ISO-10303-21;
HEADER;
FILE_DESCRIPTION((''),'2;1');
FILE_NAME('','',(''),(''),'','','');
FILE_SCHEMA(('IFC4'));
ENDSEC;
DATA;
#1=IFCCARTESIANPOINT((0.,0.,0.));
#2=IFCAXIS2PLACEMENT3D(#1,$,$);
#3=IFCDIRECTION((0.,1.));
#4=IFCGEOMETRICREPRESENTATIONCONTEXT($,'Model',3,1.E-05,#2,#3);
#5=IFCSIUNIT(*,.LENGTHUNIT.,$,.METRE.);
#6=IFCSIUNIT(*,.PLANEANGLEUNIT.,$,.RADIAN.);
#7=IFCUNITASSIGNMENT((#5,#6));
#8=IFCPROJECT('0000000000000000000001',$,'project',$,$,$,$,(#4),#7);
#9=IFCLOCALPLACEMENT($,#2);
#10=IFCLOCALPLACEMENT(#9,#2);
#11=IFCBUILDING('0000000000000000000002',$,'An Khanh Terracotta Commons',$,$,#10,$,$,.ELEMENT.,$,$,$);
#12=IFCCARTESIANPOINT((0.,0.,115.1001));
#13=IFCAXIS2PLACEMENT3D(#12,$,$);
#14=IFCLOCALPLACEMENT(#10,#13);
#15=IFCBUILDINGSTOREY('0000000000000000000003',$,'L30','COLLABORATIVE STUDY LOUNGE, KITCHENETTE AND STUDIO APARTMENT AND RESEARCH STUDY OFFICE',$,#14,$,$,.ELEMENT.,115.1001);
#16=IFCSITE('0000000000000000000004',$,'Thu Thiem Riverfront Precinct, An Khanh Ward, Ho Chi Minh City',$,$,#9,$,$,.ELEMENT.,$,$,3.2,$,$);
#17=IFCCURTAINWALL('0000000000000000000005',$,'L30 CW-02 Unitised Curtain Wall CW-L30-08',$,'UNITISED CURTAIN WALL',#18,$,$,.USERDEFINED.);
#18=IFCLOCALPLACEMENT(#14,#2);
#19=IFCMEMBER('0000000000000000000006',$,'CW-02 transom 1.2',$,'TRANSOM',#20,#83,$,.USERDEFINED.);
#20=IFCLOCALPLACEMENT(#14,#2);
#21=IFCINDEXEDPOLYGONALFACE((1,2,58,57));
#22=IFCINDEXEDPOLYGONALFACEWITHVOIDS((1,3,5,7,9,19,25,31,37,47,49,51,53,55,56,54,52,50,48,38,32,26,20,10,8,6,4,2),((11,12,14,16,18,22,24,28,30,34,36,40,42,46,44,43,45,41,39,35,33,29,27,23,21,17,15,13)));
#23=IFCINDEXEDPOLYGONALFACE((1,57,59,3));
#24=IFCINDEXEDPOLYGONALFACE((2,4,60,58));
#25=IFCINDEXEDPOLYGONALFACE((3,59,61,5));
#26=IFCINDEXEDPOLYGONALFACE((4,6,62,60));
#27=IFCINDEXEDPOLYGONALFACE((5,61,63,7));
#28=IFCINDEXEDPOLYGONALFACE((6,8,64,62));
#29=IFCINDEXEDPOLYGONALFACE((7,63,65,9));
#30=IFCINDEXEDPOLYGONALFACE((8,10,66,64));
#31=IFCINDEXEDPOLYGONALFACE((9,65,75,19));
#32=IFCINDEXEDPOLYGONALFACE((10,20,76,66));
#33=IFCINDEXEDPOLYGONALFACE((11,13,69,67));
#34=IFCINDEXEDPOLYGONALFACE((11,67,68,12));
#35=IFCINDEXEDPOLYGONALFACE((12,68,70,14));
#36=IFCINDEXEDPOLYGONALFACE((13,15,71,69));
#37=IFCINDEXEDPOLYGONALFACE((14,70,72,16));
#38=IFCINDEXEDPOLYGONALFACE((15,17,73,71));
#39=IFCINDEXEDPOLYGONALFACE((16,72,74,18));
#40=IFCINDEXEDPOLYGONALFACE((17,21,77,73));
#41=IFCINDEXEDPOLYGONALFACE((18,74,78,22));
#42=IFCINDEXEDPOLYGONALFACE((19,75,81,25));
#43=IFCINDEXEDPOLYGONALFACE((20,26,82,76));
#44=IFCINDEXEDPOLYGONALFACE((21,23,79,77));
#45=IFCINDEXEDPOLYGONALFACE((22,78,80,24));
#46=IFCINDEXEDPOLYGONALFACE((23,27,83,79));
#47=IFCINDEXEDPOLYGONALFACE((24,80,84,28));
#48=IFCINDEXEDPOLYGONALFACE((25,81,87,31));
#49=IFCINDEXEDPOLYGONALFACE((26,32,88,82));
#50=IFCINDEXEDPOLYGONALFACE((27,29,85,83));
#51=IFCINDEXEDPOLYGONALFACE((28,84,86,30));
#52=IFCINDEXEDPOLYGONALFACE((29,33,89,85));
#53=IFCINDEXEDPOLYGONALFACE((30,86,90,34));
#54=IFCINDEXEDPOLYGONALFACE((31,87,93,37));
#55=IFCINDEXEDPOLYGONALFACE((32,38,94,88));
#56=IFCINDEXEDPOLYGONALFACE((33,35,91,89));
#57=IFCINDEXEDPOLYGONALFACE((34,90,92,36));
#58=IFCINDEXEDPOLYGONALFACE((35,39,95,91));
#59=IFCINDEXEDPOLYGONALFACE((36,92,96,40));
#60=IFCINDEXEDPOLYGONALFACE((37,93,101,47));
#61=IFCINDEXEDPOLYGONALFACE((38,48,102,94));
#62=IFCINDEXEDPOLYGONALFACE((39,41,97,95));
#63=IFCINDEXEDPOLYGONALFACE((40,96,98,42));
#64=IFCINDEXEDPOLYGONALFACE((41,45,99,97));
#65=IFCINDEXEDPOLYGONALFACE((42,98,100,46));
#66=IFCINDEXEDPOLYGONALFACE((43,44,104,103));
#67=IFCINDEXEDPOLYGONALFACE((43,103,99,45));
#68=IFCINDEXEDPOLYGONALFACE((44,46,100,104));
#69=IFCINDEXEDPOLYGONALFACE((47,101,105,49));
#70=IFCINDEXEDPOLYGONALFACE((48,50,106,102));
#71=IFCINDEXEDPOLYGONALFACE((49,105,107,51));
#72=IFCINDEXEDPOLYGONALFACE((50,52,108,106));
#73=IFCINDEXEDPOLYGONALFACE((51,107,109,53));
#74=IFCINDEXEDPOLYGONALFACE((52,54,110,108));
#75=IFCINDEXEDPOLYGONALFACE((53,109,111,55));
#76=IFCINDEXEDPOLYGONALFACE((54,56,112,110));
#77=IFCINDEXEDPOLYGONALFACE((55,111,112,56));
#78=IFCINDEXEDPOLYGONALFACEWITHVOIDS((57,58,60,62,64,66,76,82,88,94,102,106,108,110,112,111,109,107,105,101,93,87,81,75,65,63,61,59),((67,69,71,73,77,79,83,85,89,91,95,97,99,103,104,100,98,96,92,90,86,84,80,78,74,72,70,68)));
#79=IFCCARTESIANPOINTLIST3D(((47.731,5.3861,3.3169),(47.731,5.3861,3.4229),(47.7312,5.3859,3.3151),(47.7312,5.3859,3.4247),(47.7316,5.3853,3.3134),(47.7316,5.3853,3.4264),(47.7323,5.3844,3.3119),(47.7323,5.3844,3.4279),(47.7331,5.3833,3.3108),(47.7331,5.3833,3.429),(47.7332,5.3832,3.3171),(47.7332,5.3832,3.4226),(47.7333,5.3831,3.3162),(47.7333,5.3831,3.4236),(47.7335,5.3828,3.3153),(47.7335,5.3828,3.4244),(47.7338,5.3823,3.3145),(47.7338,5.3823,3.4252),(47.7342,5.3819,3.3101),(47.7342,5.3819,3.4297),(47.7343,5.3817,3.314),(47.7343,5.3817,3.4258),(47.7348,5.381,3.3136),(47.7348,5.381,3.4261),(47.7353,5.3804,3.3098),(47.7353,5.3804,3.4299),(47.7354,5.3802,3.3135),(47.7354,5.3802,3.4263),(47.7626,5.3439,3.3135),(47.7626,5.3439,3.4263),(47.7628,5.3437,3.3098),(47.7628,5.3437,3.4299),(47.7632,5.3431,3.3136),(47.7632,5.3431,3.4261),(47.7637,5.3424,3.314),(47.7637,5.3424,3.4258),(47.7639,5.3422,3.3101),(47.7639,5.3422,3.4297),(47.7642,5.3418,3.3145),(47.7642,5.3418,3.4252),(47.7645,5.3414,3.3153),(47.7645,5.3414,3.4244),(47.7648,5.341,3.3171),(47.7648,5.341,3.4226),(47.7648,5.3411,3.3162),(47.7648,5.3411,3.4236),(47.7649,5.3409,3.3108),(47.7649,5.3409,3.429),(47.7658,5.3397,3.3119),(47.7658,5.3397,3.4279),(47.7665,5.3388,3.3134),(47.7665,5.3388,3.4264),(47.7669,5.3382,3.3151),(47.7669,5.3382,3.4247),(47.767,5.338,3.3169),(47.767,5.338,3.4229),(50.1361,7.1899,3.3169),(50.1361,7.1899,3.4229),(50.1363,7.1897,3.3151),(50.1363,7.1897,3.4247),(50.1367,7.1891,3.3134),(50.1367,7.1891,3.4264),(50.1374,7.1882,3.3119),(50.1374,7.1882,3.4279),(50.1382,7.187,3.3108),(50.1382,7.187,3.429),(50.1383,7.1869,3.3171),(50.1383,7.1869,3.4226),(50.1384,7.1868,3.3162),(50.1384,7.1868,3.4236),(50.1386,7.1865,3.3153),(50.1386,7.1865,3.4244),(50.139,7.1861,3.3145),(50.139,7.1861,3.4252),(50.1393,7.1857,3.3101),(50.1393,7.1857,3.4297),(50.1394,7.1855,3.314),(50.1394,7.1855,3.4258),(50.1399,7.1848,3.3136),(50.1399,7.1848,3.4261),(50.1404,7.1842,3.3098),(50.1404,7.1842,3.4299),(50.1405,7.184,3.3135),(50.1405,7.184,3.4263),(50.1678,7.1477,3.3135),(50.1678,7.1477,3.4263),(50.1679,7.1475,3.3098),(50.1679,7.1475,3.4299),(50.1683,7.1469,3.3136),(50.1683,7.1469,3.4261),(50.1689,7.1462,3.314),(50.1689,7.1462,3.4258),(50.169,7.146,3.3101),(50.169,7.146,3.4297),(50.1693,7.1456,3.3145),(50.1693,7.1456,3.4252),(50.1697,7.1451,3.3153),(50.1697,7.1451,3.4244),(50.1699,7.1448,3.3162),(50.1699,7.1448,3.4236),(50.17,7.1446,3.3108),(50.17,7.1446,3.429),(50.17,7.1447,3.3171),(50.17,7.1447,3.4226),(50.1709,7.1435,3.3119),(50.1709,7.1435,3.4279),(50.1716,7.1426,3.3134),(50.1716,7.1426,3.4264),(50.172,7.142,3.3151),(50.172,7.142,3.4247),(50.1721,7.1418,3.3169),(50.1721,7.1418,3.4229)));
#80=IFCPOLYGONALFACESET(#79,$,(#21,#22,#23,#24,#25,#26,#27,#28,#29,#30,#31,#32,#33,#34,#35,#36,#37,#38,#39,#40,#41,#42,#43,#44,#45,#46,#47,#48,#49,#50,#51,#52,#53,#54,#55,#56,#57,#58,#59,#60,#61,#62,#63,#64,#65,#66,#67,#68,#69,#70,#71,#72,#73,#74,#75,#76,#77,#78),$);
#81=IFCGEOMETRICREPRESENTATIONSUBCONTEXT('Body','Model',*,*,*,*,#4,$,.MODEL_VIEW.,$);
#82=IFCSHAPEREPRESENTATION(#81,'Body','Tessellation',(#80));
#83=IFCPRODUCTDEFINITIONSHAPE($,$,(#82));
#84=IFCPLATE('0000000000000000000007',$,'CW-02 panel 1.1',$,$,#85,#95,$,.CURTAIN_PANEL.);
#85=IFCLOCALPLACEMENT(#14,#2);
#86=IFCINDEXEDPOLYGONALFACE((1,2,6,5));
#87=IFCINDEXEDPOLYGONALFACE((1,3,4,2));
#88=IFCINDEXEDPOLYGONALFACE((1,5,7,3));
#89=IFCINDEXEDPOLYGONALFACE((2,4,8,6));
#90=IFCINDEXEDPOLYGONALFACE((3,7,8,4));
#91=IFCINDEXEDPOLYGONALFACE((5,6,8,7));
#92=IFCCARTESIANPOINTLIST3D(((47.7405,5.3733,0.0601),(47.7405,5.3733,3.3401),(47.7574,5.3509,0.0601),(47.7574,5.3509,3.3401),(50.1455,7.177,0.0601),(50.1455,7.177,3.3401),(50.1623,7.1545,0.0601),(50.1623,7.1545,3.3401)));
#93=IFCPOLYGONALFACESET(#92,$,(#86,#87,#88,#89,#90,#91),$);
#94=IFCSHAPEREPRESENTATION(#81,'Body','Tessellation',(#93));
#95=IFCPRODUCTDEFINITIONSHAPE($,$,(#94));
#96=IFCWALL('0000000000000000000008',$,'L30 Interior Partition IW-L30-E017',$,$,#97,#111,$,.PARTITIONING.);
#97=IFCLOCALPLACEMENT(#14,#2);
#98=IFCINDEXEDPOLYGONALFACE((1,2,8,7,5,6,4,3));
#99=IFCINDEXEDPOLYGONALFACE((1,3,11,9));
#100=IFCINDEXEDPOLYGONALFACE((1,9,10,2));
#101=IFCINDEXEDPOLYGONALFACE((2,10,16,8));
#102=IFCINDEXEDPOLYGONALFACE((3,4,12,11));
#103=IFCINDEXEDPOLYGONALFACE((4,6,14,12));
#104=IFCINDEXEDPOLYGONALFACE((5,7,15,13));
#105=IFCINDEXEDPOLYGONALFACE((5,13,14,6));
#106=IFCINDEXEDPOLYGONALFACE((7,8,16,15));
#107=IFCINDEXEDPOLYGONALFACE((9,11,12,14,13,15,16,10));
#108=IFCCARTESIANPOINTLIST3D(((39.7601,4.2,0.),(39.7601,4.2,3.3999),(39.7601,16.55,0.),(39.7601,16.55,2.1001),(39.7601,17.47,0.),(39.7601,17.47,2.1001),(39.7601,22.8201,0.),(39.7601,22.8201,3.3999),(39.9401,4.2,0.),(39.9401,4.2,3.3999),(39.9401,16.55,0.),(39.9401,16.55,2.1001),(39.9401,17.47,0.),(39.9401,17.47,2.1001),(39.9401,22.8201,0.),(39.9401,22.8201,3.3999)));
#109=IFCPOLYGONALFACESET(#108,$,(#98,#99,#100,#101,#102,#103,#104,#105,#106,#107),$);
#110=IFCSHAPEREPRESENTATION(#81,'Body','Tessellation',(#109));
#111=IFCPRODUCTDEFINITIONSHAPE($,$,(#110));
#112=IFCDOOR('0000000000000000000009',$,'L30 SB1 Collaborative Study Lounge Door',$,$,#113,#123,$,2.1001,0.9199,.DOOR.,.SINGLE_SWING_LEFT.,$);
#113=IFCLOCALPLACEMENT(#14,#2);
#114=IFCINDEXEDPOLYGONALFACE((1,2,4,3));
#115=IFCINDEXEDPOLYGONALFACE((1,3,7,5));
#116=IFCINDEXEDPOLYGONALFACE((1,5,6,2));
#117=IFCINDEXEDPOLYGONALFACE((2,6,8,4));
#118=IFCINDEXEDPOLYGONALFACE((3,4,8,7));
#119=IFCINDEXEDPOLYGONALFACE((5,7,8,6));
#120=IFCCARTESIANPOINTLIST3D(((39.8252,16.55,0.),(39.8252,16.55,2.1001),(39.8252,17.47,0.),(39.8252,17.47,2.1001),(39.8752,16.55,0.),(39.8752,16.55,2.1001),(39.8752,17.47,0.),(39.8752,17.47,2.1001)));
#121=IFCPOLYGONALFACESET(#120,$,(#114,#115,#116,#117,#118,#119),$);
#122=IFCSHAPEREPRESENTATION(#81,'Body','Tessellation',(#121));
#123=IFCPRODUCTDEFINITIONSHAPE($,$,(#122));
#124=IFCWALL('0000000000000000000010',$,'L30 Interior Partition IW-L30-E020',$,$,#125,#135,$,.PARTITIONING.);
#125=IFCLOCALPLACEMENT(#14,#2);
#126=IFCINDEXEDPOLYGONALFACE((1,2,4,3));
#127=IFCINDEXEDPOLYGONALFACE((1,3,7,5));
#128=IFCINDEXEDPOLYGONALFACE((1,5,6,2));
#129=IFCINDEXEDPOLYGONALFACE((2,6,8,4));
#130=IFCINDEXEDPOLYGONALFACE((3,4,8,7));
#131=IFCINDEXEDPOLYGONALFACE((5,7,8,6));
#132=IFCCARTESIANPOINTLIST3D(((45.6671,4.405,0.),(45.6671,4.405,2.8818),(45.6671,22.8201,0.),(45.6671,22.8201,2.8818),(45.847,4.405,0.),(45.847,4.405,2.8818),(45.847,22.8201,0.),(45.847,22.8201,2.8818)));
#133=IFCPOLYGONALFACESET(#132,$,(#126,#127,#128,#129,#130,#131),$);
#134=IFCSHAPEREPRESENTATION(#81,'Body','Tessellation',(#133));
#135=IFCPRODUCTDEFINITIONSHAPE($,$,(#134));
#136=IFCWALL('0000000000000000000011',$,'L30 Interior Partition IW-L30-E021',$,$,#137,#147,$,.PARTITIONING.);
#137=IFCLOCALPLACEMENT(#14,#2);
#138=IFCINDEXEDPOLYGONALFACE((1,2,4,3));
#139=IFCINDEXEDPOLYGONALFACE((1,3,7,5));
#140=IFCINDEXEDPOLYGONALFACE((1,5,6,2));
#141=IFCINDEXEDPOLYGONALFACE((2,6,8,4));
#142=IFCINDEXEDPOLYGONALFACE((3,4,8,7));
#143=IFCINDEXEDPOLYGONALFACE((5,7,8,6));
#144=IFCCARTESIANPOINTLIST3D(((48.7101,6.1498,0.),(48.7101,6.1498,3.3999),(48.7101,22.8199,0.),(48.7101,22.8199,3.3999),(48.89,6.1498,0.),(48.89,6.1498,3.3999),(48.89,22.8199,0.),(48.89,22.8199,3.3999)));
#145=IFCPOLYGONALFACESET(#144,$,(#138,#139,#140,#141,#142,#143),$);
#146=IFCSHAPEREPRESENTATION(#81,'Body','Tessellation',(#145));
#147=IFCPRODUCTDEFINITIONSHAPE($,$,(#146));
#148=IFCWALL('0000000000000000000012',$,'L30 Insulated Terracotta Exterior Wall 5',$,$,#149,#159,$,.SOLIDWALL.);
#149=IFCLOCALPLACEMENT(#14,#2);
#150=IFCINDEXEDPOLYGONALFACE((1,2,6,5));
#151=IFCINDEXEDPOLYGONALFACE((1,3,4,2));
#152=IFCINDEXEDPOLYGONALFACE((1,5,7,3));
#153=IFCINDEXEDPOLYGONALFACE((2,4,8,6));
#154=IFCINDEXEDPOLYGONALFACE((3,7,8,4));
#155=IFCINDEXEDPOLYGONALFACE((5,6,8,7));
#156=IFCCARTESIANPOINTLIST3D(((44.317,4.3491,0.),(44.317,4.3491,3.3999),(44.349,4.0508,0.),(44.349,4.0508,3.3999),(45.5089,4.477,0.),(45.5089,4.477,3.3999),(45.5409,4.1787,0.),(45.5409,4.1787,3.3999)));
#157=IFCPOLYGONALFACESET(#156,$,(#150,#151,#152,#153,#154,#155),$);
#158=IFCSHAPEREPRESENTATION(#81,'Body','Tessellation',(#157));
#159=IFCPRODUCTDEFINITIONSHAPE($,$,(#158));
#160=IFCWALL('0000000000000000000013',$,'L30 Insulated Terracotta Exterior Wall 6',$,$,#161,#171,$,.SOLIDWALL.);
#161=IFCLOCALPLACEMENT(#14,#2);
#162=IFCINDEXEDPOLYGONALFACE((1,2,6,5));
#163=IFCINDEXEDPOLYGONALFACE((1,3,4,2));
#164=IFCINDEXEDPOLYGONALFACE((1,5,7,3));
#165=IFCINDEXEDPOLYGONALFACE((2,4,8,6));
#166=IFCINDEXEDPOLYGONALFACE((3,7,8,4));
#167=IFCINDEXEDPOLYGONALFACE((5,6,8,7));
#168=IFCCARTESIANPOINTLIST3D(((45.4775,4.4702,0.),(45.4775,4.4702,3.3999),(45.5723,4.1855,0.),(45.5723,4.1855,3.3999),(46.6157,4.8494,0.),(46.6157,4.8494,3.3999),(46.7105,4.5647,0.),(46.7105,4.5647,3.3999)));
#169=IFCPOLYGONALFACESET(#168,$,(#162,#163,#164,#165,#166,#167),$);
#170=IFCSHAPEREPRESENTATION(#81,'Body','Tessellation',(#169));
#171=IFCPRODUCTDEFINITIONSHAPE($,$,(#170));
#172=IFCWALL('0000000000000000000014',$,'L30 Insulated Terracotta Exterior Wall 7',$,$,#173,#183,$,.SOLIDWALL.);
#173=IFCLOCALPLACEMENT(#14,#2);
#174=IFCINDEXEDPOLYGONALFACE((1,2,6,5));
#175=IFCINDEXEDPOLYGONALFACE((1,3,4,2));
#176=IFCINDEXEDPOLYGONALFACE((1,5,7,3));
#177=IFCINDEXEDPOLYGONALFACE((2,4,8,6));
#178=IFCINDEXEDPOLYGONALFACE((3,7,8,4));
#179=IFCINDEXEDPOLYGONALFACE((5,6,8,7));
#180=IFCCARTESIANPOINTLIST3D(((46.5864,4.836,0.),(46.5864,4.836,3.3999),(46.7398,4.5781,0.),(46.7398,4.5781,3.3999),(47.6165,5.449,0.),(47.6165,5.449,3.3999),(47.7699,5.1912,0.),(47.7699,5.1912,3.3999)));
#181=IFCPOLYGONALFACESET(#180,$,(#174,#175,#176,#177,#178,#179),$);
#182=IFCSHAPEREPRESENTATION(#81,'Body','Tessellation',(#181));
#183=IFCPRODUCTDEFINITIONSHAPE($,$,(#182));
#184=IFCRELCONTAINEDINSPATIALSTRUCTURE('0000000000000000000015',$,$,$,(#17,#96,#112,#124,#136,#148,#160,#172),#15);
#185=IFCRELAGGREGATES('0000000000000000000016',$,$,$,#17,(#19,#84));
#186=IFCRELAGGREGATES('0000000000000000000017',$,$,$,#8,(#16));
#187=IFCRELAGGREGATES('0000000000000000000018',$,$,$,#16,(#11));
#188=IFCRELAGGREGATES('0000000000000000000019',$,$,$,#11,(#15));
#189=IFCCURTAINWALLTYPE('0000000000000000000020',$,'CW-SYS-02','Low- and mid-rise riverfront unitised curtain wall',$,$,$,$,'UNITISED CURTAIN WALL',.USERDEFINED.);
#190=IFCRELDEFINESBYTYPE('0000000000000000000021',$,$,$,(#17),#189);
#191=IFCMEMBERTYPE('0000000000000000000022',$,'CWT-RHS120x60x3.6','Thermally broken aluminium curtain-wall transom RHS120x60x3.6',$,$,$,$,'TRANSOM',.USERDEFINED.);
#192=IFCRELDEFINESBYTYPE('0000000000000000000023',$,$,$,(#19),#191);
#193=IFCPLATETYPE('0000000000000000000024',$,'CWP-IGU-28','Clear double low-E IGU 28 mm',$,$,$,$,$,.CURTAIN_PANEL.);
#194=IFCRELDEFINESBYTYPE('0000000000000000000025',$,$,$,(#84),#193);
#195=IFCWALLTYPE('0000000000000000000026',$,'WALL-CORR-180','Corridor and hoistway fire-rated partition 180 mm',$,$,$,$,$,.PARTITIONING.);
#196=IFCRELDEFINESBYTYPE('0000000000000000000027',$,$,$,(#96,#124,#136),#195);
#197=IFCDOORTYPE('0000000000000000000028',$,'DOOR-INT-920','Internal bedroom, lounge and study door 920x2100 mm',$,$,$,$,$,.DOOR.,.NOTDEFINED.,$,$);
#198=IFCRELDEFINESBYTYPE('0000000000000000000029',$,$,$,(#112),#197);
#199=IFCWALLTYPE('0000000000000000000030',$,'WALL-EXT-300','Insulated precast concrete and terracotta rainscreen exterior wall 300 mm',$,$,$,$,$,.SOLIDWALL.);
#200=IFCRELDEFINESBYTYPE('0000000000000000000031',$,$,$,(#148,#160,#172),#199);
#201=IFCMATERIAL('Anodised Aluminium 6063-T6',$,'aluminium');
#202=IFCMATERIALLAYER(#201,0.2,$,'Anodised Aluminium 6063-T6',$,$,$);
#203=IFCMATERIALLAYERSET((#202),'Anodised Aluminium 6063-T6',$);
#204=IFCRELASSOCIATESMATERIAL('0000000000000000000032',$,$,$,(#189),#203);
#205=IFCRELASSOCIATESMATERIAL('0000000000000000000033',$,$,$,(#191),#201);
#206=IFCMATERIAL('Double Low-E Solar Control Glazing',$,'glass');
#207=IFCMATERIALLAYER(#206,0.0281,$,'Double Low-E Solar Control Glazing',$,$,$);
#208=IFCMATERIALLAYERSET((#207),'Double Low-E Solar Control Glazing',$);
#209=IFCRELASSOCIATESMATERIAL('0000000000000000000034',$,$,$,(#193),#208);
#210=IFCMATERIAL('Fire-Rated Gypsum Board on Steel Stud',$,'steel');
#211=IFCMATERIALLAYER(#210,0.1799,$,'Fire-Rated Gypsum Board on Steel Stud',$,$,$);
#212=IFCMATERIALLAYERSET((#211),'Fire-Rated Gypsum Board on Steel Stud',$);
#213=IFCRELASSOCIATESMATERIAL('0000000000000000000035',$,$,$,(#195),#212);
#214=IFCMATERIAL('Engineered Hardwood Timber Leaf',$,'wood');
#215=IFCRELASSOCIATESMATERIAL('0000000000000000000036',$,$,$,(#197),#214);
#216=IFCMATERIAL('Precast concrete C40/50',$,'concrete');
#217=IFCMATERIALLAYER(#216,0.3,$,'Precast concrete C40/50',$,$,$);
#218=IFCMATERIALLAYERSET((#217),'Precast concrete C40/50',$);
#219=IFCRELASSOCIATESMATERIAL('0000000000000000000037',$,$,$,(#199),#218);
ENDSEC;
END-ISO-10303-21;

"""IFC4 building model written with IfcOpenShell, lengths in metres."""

from ifc_helpers import new_model, si_unit, direction, frame, frame_2d, origin, origin_2d, place, context, subcontext, project, spatial, rectangle, hollow_rectangle, extrude, material, layer, layer_set, material_profile, profile_set, type_object, element, fill, aggregate, save


model = new_model("IFC4")

# Units and contexts
model_context = context("Model", 3, precision=1e-05, world=origin(), true_north=direction((0.0, 1.0)))
body_context = subcontext(model_context, "Body", "Model", "MODEL_VIEW")
ifc_project = project(units=[si_unit("LENGTHUNIT", "METRE"), si_unit("PLANEANGLEUNIT", "RADIAN")], contexts=[model_context])

# Site, building, storey
site_placement = place(None, origin())
site = spatial("IfcSite", under=ifc_project, at=site_placement, Name="Thu Thiem Riverfront Precinct, An Khanh Ward, Ho Chi Minh City", CompositionType="ELEMENT", RefElevation=3.2)
building_placement = place(site_placement, origin())
building = spatial("IfcBuilding", under=site, at=building_placement, Name="An Khanh Terracotta Commons", CompositionType="ELEMENT")
storey_placement = place(building_placement, frame((0.0, 0.0, 115.1001)))
storey = spatial("IfcBuildingStorey", under=building, at=storey_placement, Name="L30", Description="COLLABORATIVE STUDY LOUNGE, KITCHENETTE AND STUDIO APARTMENT AND RESEARCH STUDY OFFICE", CompositionType="ELEMENT", Elevation=115.1001)

# Curtain wall, member, plate
ifc_material_1 = material(Name="Anodised Aluminium 6063-T6", Category="aluminium")
ifc_layer_1 = layer(ifc_material_1, 0.2, Name="Anodised Aluminium 6063-T6")
ifc_layer_set_1 = layer_set([ifc_layer_1], Name="Anodised Aluminium 6063-T6")
curtain_wall_type = type_object("IfcCurtainWallType", Name="CW-SYS-02", Description="Low- and mid-rise riverfront unitised curtain wall", ElementType="UNITISED CURTAIN WALL", PredefinedType="USERDEFINED", material=ifc_layer_set_1)
curtain_wall_placement = place(storey_placement, origin())
curtain_wall = element("IfcCurtainWall", 1, at=curtain_wall_placement, inside=storey, type_object=curtain_wall_type, Name="L30 CW-02 Unitised Curtain Wall CW-L30-08", ObjectType="UNITISED CURTAIN WALL", PredefinedType="USERDEFINED")
ifc_material_profile_1 = material_profile(ifc_material_1, hollow_rectangle(XDim=0.0601, YDim=0.1201, WallThickness=0.0037, InnerFilletRadius=0.0037, OuterFilletRadius=0.0071, at=origin_2d()), Name="RHS120x60x3.6")
ifc_profile_set_1 = profile_set([ifc_material_profile_1], Name="Anodised Aluminium 6063-T6")
member_type_1 = type_object("IfcMemberType", Name="CWT-RHS120x60x3.6", Description="Thermally broken aluminium curtain-wall transom RHS120x60x3.6", ElementType="TRANSOM", PredefinedType="USERDEFINED", material=ifc_profile_set_1)
member_1_placement = place(storey_placement, frame((47.749, 5.3621, 3.3699), z_axis=(0.80001, 0.599987, 0.0), x_axis=(-0.599987, 0.80001, 0.0)))
member_1 = element("IfcMember", 2, at=member_1_placement, type_object=member_type_1, Name="CW-02 transom 1.2", ObjectType="TRANSOM", PredefinedType="USERDEFINED", context=body_context, shape_type="SweptSolid", body=[
    extrude(hollow_rectangle(XDim=0.0601, YDim=0.1201, WallThickness=0.0037, InnerFilletRadius=0.0037, OuterFilletRadius=0.0071, at=origin_2d()), origin(), (0.0, 0.0, 1.0), 3.0063),
])
ifc_material_2 = material(Name="Double Low-E Solar Control Glazing", Category="glass")
ifc_layer_2 = layer(ifc_material_2, 0.0281, Name="Double Low-E Solar Control Glazing")
ifc_layer_set_2 = layer_set([ifc_layer_2], Name="Double Low-E Solar Control Glazing")
plate_type = type_object("IfcPlateType", Name="CWP-IGU-28", Description="Clear double low-E IGU 28 mm", PredefinedType="CURTAIN_PANEL", material=ifc_layer_set_2)
plate_placement = place(storey_placement, frame((48.9514, 6.2639, 0.0601), z_axis=(0.0, 0.0, 1.0), x_axis=(0.800013, 0.599983, 0.0)))
plate = element("IfcPlate", 3, at=plate_placement, type_object=plate_type, Name="CW-02 panel 1.1", PredefinedType="CURTAIN_PANEL", context=body_context, shape_type="SweptSolid", body=[
    extrude(rectangle(XDim=3.0061, YDim=0.0281, at=origin_2d()), origin(), (0.0, 0.0, 1.0), 3.28),
])
aggregate(curtain_wall, [member_1, plate])

# Wall, opening, door
ifc_material_3 = material(Name="Fire-Rated Gypsum Board on Steel Stud", Category="steel")
ifc_layer_3 = layer(ifc_material_3, 0.1799, Name="Fire-Rated Gypsum Board on Steel Stud")
ifc_layer_set_3 = layer_set([ifc_layer_3], Name="Fire-Rated Gypsum Board on Steel Stud")
wall_type_1 = type_object("IfcWallType", Name="WALL-CORR-180", Description="Corridor and hoistway fire-rated partition 180 mm", PredefinedType="PARTITIONING", material=ifc_layer_set_3)
wall_1_placement = place(storey_placement, frame((39.8501, 4.2, 0.0), z_axis=(0.0, 0.0, 1.0), x_axis=(0.0, 1.0, 0.0)))
wall_1 = element("IfcWall", 4, at=wall_1_placement, inside=storey, type_object=wall_type_1, Name="L30 Interior Partition IW-L30-E017", PredefinedType="PARTITIONING", context=body_context, shape_type="SweptSolid", body=[
    extrude(rectangle(XDim=18.6201, YDim=0.1799, at=frame_2d((9.3101, 0.0))), origin(), (0.0, 0.0, 1.0), 3.3999),
])
opening_placement = place(wall_1_placement, frame((12.3501, 0.0, 0.0)))
opening = element("IfcOpeningElement", 5, at=opening_placement, cuts=wall_1, PredefinedType="OPENING", context=body_context, shape_type="SweptSolid", body=[
    extrude(rectangle(XDim=0.9199, YDim=2.1001, at=frame_2d((0.46, 1.05))), frame((0.0, 0.0999, 0.0), z_axis=(0.0, -1.0, 0.0), x_axis=(1.0, 0.0, 0.0)), (0.0, 0.0, 1.0), 0.2),
])
ifc_material_4 = material(Name="Engineered Hardwood Timber Leaf", Category="wood")
door_type = type_object("IfcDoorType", Name="DOOR-INT-920", Description="Internal bedroom, lounge and study door 920x2100 mm", OperationType="NOTDEFINED", PredefinedType="DOOR", material=ifc_material_4)
door_placement = place(opening_placement, origin())
door = element("IfcDoor", 6, at=door_placement, inside=storey, type_object=door_type, Name="L30 SB1 Collaborative Study Lounge Door", OperationType="SINGLE_SWING_LEFT", OverallHeight=2.1001, OverallWidth=0.9199, PredefinedType="DOOR", context=body_context, shape_type="SweptSolid", body=[
    extrude(rectangle(XDim=0.9199, YDim=2.1001, at=frame_2d((0.46, 1.05))), frame((0.0, 0.0249, 0.0), z_axis=(0.0, -1.0, 0.0), x_axis=(1.0, 0.0, 0.0)), (0.0, 0.0, 1.0), 0.05),
])
fill(opening, door)

# Walls
wall_2_placement = place(storey_placement, frame((45.7571, 4.405, 0.0), z_axis=(0.0, 0.0, 1.0), x_axis=(0.0, 1.0, 0.0)))
element("IfcWall", 7, at=wall_2_placement, inside=storey, type_object=wall_type_1, Name="L30 Interior Partition IW-L30-E020", PredefinedType="PARTITIONING", context=body_context, shape_type="SweptSolid", body=[
    extrude(rectangle(XDim=18.415, YDim=0.1799, at=frame_2d((9.2075, 0.0))), origin(), (0.0, 0.0, 1.0), 2.8818),
])
wall_3_placement = place(storey_placement, frame((48.8, 6.1499, 0.0), z_axis=(0.0, 0.0, 1.0), x_axis=(0.0, 1.0, 0.0)))
element("IfcWall", 8, at=wall_3_placement, inside=storey, type_object=wall_type_1, Name="L30 Interior Partition IW-L30-E021", PredefinedType="PARTITIONING", context=body_context, shape_type="SweptSolid", body=[
    extrude(rectangle(XDim=16.6702, YDim=0.1799, at=frame_2d((8.335, 0.0))), origin(), (0.0, 0.0, 1.0), 3.3999),
])
ifc_material_5 = material(Name="Precast concrete C40/50", Category="concrete")
ifc_layer_4 = layer(ifc_material_5, 0.3, Name="Precast concrete C40/50")
ifc_layer_set_4 = layer_set([ifc_layer_4], Name="Precast concrete C40/50")
wall_type_2 = type_object("IfcWallType", Name="WALL-EXT-300", Description="Insulated precast concrete and terracotta rainscreen exterior wall 300 mm", PredefinedType="SOLIDWALL", material=ifc_layer_set_4)
wall_4_placement = place(storey_placement, frame((44.333, 4.2, 0.0), z_axis=(0.0, 0.0, 1.0), x_axis=(0.994289, 0.10672, 0.0)))
element("IfcWall", 9, at=wall_4_placement, inside=storey, type_object=wall_type_2, Name="L30 Insulated Terracotta Exterior Wall 5", PredefinedType="SOLIDWALL", context=body_context, shape_type="SweptSolid", body=[
    extrude(rectangle(XDim=1.1987, YDim=0.3, at=frame_2d((0.5994, 0.0))), origin(), (0.0, 0.0, 1.0), 3.3999),
])
wall_5_placement = place(storey_placement, frame((45.5249, 4.3279, 0.0), z_axis=(0.0, 0.0, 1.0), x_axis=(0.948744, 0.316045, 0.0)))
element("IfcWall", 10, at=wall_5_placement, inside=storey, type_object=wall_type_2, Name="L30 Insulated Terracotta Exterior Wall 6", PredefinedType="SOLIDWALL", context=body_context, shape_type="SweptSolid", body=[
    extrude(rectangle(XDim=1.1997, YDim=0.3, at=frame_2d((0.5999, 0.0))), origin(), (0.0, 0.0, 1.0), 3.3999),
])
wall_6_placement = place(storey_placement, frame((46.6631, 4.707, 0.0), z_axis=(0.0, 0.0, 1.0), x_axis=(0.859321, 0.511437, 0.0)))
element("IfcWall", 11, at=wall_6_placement, inside=storey, type_object=wall_type_2, Name="L30 Insulated Terracotta Exterior Wall 7", PredefinedType="SOLIDWALL", context=body_context, shape_type="SweptSolid", body=[
    extrude(rectangle(XDim=1.1987, YDim=0.3, at=frame_2d((0.5994, 0.0))), origin(), (0.0, 0.0, 1.0), 3.3999),
])

save(model, "model.ifc")
